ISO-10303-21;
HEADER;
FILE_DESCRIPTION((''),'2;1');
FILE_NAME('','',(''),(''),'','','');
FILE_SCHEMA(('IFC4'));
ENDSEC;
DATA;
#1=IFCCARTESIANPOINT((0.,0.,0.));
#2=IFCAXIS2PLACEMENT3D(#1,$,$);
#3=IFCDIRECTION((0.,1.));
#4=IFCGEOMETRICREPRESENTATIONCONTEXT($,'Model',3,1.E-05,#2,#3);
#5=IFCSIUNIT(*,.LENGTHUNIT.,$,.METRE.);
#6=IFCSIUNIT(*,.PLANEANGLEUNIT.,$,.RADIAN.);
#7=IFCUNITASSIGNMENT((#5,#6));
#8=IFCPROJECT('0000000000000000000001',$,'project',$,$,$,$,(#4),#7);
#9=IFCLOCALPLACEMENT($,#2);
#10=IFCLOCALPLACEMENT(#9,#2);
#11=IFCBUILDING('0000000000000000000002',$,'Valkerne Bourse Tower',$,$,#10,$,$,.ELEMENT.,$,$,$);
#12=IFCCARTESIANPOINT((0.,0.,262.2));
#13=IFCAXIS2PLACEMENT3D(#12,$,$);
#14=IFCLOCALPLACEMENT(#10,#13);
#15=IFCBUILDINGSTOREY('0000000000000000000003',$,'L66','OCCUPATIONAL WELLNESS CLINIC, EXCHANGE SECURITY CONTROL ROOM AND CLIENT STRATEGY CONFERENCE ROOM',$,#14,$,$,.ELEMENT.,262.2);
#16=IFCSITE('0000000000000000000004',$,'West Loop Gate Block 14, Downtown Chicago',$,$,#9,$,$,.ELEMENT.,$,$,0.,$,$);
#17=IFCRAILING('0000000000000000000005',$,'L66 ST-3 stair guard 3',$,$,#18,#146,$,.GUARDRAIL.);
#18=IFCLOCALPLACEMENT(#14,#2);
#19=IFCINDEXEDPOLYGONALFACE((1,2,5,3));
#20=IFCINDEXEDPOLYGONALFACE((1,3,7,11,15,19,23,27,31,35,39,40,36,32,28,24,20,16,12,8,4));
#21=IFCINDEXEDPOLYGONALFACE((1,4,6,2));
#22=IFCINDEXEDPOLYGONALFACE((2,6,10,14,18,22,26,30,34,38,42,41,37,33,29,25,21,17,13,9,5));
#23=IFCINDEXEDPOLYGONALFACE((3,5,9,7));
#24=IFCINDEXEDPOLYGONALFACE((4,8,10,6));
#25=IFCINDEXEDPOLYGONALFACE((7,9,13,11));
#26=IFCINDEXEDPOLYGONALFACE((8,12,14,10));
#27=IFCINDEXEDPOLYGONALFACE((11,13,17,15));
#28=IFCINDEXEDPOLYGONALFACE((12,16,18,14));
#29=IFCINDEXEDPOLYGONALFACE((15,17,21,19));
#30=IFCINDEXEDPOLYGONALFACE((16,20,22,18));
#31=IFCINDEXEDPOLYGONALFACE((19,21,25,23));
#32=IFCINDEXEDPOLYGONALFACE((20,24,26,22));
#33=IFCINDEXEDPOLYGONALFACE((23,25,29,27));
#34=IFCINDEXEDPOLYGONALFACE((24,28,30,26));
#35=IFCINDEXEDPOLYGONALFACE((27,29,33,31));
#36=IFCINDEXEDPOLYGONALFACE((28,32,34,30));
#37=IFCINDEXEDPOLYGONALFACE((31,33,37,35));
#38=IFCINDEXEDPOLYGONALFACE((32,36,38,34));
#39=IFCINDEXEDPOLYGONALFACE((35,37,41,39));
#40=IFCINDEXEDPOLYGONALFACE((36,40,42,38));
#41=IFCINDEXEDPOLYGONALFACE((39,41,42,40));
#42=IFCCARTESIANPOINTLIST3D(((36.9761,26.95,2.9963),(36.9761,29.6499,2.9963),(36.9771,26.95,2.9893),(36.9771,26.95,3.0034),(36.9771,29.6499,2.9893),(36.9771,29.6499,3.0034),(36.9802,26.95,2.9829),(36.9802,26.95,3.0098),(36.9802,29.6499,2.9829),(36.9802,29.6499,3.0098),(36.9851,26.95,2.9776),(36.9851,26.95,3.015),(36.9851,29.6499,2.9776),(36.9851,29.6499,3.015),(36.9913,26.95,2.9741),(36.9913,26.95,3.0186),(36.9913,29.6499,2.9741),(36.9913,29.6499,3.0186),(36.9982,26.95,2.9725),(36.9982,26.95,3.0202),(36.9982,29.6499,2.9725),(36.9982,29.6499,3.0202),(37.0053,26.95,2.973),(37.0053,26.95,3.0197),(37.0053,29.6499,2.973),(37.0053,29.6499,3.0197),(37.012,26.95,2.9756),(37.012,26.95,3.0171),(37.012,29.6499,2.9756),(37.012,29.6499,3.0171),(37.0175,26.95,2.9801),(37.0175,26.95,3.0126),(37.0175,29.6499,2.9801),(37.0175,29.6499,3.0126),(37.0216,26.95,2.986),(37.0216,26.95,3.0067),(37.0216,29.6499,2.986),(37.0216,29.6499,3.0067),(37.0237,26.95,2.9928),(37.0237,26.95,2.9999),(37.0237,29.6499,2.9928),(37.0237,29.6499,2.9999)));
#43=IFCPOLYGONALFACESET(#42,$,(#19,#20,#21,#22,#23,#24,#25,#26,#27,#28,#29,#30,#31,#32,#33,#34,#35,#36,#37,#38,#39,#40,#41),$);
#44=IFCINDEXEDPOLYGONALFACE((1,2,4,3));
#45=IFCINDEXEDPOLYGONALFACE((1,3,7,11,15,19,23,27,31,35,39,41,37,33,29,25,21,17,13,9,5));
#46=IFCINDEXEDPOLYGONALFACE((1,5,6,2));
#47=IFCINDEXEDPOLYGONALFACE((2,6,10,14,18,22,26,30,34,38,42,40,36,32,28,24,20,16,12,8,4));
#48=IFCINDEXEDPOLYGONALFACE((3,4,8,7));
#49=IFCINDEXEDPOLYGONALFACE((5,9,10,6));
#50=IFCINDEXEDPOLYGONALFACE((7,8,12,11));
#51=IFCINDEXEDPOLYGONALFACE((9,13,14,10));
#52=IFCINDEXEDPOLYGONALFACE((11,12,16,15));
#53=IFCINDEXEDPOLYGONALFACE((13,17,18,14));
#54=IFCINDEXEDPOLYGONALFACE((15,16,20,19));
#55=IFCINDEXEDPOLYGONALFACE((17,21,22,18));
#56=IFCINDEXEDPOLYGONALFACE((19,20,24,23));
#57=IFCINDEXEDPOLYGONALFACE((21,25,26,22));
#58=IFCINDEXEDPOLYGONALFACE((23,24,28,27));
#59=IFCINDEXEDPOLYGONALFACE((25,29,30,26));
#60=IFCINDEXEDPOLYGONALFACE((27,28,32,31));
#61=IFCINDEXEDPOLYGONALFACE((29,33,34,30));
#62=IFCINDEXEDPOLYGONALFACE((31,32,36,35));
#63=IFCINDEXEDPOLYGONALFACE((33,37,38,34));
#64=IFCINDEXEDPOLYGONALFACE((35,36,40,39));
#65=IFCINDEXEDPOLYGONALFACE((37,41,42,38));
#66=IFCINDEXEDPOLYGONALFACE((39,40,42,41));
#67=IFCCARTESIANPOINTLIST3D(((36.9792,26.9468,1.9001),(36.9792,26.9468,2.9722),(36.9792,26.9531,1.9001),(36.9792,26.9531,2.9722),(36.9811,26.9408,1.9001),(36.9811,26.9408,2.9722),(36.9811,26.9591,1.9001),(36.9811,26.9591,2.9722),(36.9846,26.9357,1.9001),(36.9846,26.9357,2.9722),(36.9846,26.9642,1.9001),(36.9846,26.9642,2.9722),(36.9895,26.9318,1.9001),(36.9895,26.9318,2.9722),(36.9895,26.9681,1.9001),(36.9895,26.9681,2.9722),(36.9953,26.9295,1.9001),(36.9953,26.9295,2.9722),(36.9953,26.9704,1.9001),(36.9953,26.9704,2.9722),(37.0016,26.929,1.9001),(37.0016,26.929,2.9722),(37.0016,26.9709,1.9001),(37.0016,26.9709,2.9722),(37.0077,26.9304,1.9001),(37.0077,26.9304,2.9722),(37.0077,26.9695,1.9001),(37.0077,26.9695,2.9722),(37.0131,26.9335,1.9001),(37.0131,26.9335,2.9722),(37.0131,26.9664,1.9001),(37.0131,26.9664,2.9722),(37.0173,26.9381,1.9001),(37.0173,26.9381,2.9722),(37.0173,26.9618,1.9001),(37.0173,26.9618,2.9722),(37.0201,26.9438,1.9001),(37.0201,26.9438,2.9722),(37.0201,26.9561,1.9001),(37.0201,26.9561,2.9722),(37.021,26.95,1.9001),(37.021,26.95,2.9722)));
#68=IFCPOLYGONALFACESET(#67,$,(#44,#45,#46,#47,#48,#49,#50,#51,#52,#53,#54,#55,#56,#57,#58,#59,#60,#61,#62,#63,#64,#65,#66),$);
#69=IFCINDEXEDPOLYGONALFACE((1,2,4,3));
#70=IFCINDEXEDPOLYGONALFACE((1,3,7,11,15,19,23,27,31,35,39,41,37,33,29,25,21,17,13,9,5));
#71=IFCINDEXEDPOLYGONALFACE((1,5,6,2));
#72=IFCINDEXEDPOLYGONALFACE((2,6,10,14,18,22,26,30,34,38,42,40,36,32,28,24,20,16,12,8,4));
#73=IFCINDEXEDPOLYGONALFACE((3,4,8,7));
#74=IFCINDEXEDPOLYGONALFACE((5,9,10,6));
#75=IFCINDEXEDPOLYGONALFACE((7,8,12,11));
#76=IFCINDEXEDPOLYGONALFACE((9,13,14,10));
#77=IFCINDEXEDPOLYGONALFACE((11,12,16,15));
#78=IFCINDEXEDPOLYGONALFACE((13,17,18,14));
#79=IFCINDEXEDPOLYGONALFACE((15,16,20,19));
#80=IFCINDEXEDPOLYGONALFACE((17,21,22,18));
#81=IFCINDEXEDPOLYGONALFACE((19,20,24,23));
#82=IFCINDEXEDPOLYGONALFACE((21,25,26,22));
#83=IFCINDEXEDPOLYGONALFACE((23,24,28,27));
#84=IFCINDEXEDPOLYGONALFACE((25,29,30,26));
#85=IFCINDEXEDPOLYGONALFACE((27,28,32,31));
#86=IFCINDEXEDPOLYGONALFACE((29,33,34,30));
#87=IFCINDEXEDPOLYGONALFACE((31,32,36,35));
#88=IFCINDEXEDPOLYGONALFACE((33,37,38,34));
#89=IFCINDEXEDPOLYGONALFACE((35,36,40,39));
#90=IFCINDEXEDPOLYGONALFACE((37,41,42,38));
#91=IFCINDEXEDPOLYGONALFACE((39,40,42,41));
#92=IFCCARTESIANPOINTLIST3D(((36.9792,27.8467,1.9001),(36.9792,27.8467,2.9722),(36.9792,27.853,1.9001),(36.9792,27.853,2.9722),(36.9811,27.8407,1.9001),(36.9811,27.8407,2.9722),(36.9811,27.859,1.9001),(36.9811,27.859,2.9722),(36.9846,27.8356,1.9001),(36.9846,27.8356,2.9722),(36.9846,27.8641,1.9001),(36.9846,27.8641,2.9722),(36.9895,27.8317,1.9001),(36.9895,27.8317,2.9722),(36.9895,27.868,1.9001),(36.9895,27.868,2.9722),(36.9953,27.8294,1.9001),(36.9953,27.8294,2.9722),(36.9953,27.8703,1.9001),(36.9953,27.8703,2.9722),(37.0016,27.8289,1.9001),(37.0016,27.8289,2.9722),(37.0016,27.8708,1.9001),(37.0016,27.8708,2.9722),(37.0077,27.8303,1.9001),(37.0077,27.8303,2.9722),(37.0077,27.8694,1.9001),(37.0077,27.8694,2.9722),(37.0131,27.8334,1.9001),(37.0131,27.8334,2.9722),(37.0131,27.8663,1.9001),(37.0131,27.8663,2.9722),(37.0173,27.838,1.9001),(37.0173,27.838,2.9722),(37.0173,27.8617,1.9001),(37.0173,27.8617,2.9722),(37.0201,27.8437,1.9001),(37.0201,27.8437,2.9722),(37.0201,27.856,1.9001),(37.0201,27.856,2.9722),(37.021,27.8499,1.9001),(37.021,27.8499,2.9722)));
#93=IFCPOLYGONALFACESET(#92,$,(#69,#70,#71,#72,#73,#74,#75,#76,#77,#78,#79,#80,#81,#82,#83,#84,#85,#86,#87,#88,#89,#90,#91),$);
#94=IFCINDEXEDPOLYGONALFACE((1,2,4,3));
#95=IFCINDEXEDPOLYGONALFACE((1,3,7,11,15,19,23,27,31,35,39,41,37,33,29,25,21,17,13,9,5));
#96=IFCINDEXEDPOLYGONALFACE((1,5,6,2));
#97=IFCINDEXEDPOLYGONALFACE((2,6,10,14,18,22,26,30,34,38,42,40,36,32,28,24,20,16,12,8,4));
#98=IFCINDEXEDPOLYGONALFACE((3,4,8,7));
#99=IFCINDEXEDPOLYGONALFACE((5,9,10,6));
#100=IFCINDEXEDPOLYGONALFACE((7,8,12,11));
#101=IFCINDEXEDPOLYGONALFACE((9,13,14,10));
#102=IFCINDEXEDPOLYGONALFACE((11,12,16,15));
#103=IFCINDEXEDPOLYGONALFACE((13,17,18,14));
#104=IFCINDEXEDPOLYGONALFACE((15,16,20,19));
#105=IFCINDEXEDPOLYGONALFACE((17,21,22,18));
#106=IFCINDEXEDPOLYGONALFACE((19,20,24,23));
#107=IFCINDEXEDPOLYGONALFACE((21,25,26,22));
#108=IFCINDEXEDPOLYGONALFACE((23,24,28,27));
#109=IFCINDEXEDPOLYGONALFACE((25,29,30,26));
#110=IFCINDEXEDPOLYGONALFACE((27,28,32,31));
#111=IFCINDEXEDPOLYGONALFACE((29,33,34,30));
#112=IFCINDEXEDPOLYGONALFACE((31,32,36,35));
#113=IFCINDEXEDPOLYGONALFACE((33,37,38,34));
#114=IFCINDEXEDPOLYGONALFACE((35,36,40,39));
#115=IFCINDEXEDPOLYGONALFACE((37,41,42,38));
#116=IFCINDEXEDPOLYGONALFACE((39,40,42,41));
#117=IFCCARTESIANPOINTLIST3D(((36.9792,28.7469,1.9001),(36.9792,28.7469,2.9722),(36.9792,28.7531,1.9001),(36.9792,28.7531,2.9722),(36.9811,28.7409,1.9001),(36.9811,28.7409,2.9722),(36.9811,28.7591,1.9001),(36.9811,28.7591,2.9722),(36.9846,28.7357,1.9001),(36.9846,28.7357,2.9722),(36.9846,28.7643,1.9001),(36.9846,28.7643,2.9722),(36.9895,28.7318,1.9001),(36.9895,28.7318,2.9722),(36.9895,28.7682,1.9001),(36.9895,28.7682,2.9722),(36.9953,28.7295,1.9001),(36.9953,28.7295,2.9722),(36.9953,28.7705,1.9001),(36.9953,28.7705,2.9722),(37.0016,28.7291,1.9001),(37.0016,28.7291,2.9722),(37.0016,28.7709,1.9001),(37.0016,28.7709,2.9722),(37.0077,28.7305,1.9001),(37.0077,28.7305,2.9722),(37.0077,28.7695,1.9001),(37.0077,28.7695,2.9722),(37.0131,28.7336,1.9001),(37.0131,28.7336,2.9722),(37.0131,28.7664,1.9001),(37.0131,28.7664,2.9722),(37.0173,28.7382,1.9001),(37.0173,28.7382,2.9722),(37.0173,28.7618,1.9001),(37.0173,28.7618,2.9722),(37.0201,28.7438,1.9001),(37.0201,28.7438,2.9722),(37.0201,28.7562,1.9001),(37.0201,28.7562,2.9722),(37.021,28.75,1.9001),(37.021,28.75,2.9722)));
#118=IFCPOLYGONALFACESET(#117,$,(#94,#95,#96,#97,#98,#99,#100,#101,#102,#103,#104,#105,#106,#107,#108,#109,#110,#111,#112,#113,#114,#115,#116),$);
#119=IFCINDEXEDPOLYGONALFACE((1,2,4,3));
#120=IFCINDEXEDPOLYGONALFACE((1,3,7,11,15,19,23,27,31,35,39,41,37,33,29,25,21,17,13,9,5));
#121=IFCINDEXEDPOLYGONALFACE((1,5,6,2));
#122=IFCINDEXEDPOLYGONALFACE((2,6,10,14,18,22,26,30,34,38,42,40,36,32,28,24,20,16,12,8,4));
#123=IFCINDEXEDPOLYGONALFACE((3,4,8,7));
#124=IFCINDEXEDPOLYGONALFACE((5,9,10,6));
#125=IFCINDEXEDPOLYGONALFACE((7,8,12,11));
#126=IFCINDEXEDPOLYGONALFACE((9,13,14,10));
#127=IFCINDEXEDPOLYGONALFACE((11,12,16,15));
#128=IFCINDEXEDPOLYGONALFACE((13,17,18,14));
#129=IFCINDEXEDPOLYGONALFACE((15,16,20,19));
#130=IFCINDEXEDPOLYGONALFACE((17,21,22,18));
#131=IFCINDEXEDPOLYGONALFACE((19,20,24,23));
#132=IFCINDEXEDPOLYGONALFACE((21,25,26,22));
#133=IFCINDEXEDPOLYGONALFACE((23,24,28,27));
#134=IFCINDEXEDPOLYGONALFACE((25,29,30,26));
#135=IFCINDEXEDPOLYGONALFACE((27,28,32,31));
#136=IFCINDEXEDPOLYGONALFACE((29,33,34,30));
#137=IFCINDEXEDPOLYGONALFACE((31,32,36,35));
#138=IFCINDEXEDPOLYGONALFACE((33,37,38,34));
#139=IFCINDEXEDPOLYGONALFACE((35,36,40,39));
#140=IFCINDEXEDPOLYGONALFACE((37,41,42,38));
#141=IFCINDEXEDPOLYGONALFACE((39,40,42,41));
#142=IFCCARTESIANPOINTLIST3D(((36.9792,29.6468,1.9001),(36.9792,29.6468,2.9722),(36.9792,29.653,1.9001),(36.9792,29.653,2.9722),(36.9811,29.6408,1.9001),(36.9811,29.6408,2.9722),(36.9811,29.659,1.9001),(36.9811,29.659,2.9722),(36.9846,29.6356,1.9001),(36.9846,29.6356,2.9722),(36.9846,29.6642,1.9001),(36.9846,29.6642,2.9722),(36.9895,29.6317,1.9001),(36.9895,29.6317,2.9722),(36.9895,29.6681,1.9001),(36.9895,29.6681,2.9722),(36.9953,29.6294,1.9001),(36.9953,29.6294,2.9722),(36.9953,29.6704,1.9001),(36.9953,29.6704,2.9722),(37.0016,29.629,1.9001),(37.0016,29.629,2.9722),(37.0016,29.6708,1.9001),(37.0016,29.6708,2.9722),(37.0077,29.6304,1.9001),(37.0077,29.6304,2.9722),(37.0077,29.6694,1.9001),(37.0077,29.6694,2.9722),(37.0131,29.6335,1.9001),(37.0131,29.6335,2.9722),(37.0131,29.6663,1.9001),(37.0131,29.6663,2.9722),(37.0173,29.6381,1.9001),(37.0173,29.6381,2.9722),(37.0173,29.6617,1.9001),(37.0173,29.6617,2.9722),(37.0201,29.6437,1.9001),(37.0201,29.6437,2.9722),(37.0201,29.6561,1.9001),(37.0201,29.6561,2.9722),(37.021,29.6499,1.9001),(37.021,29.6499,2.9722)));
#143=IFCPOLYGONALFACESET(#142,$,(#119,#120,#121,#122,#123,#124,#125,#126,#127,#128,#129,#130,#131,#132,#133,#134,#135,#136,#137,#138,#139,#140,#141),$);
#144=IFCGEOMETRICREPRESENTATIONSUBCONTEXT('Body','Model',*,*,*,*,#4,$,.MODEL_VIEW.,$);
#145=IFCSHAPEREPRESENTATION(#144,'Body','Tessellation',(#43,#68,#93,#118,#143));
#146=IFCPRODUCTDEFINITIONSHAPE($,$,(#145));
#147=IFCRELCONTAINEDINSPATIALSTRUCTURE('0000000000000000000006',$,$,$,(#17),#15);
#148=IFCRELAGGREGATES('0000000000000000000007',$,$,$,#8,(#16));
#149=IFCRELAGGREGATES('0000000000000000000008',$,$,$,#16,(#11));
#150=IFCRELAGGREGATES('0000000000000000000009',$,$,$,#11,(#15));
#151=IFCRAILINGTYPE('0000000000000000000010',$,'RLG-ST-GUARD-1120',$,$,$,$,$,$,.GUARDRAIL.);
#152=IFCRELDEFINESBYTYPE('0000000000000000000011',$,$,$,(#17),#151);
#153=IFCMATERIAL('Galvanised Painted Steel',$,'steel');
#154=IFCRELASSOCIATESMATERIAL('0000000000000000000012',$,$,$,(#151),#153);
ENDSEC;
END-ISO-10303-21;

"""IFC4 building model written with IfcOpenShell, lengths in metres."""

from ifc_helpers import new_model, si_unit, direction, frame, origin, origin_2d, place, context, subcontext, project, spatial, circle, extrude, material, type_object, element, save


model = new_model("IFC4")

# Units and contexts
model_context = context("Model", 3, precision=1e-05, world=origin(), true_north=direction((0.0, 1.0)))
body_context = subcontext(model_context, "Body", "Model", "MODEL_VIEW")
ifc_project = project(units=[si_unit("LENGTHUNIT", "METRE"), si_unit("PLANEANGLEUNIT", "RADIAN")], contexts=[model_context])

# Site, building, storey
site_placement = place(None, origin())
site = spatial("IfcSite", under=ifc_project, at=site_placement, Name="West Loop Gate Block 14, Downtown Chicago", CompositionType="ELEMENT", RefElevation=0.0)
building_placement = place(site_placement, origin())
building = spatial("IfcBuilding", under=site, at=building_placement, Name="Valkerne Bourse Tower", CompositionType="ELEMENT")
storey_placement = place(building_placement, frame((0.0, 0.0, 262.2)))
storey = spatial("IfcBuildingStorey", under=building, at=storey_placement, Name="L66", Description="OCCUPATIONAL WELLNESS CLINIC, EXCHANGE SECURITY CONTROL ROOM AND CLIENT STRATEGY CONFERENCE ROOM", CompositionType="ELEMENT", Elevation=262.2)

# Railing
ifc_material_1 = material(Name="Galvanised Painted Steel", Category="steel")
railing_type_1 = type_object("IfcRailingType", Name="RLG-ST-GUARD-1120", PredefinedType="GUARDRAIL", material=ifc_material_1)
railing_1_placement = place(storey_placement, frame((37.0, 26.95, 1.9001)))
element("IfcRailing", 1, at=railing_1_placement, inside=storey, type_object=railing_type_1, Name="L66 ST-3 stair guard 3", PredefinedType="GUARDRAIL", context=body_context, shape_type="SweptSolid", body=[
    extrude(circle(Radius=0.0239, at=origin_2d()), frame((0.0, 0.0, 1.0962), z_axis=(0.0, 1.0, 0.0), x_axis=(-1.0, 0.0, 0.0)), (0.0, 0.0, 1.0), 2.7),
    extrude(circle(Radius=0.021, at=origin_2d()), origin(), (0.0, 0.0, 1.0), 1.072),
    extrude(circle(Radius=0.021, at=origin_2d()), frame((0.0, 0.8999, 0.0)), (0.0, 0.0, 1.0), 1.072),
    extrude(circle(Radius=0.021, at=origin_2d()), frame((0.0, 1.8, 0.0)), (0.0, 0.0, 1.0), 1.072),
    extrude(circle(Radius=0.021, at=origin_2d()), frame((0.0, 2.7, 0.0)), (0.0, 0.0, 1.0), 1.072),
])

save(model, "model.ifc")
